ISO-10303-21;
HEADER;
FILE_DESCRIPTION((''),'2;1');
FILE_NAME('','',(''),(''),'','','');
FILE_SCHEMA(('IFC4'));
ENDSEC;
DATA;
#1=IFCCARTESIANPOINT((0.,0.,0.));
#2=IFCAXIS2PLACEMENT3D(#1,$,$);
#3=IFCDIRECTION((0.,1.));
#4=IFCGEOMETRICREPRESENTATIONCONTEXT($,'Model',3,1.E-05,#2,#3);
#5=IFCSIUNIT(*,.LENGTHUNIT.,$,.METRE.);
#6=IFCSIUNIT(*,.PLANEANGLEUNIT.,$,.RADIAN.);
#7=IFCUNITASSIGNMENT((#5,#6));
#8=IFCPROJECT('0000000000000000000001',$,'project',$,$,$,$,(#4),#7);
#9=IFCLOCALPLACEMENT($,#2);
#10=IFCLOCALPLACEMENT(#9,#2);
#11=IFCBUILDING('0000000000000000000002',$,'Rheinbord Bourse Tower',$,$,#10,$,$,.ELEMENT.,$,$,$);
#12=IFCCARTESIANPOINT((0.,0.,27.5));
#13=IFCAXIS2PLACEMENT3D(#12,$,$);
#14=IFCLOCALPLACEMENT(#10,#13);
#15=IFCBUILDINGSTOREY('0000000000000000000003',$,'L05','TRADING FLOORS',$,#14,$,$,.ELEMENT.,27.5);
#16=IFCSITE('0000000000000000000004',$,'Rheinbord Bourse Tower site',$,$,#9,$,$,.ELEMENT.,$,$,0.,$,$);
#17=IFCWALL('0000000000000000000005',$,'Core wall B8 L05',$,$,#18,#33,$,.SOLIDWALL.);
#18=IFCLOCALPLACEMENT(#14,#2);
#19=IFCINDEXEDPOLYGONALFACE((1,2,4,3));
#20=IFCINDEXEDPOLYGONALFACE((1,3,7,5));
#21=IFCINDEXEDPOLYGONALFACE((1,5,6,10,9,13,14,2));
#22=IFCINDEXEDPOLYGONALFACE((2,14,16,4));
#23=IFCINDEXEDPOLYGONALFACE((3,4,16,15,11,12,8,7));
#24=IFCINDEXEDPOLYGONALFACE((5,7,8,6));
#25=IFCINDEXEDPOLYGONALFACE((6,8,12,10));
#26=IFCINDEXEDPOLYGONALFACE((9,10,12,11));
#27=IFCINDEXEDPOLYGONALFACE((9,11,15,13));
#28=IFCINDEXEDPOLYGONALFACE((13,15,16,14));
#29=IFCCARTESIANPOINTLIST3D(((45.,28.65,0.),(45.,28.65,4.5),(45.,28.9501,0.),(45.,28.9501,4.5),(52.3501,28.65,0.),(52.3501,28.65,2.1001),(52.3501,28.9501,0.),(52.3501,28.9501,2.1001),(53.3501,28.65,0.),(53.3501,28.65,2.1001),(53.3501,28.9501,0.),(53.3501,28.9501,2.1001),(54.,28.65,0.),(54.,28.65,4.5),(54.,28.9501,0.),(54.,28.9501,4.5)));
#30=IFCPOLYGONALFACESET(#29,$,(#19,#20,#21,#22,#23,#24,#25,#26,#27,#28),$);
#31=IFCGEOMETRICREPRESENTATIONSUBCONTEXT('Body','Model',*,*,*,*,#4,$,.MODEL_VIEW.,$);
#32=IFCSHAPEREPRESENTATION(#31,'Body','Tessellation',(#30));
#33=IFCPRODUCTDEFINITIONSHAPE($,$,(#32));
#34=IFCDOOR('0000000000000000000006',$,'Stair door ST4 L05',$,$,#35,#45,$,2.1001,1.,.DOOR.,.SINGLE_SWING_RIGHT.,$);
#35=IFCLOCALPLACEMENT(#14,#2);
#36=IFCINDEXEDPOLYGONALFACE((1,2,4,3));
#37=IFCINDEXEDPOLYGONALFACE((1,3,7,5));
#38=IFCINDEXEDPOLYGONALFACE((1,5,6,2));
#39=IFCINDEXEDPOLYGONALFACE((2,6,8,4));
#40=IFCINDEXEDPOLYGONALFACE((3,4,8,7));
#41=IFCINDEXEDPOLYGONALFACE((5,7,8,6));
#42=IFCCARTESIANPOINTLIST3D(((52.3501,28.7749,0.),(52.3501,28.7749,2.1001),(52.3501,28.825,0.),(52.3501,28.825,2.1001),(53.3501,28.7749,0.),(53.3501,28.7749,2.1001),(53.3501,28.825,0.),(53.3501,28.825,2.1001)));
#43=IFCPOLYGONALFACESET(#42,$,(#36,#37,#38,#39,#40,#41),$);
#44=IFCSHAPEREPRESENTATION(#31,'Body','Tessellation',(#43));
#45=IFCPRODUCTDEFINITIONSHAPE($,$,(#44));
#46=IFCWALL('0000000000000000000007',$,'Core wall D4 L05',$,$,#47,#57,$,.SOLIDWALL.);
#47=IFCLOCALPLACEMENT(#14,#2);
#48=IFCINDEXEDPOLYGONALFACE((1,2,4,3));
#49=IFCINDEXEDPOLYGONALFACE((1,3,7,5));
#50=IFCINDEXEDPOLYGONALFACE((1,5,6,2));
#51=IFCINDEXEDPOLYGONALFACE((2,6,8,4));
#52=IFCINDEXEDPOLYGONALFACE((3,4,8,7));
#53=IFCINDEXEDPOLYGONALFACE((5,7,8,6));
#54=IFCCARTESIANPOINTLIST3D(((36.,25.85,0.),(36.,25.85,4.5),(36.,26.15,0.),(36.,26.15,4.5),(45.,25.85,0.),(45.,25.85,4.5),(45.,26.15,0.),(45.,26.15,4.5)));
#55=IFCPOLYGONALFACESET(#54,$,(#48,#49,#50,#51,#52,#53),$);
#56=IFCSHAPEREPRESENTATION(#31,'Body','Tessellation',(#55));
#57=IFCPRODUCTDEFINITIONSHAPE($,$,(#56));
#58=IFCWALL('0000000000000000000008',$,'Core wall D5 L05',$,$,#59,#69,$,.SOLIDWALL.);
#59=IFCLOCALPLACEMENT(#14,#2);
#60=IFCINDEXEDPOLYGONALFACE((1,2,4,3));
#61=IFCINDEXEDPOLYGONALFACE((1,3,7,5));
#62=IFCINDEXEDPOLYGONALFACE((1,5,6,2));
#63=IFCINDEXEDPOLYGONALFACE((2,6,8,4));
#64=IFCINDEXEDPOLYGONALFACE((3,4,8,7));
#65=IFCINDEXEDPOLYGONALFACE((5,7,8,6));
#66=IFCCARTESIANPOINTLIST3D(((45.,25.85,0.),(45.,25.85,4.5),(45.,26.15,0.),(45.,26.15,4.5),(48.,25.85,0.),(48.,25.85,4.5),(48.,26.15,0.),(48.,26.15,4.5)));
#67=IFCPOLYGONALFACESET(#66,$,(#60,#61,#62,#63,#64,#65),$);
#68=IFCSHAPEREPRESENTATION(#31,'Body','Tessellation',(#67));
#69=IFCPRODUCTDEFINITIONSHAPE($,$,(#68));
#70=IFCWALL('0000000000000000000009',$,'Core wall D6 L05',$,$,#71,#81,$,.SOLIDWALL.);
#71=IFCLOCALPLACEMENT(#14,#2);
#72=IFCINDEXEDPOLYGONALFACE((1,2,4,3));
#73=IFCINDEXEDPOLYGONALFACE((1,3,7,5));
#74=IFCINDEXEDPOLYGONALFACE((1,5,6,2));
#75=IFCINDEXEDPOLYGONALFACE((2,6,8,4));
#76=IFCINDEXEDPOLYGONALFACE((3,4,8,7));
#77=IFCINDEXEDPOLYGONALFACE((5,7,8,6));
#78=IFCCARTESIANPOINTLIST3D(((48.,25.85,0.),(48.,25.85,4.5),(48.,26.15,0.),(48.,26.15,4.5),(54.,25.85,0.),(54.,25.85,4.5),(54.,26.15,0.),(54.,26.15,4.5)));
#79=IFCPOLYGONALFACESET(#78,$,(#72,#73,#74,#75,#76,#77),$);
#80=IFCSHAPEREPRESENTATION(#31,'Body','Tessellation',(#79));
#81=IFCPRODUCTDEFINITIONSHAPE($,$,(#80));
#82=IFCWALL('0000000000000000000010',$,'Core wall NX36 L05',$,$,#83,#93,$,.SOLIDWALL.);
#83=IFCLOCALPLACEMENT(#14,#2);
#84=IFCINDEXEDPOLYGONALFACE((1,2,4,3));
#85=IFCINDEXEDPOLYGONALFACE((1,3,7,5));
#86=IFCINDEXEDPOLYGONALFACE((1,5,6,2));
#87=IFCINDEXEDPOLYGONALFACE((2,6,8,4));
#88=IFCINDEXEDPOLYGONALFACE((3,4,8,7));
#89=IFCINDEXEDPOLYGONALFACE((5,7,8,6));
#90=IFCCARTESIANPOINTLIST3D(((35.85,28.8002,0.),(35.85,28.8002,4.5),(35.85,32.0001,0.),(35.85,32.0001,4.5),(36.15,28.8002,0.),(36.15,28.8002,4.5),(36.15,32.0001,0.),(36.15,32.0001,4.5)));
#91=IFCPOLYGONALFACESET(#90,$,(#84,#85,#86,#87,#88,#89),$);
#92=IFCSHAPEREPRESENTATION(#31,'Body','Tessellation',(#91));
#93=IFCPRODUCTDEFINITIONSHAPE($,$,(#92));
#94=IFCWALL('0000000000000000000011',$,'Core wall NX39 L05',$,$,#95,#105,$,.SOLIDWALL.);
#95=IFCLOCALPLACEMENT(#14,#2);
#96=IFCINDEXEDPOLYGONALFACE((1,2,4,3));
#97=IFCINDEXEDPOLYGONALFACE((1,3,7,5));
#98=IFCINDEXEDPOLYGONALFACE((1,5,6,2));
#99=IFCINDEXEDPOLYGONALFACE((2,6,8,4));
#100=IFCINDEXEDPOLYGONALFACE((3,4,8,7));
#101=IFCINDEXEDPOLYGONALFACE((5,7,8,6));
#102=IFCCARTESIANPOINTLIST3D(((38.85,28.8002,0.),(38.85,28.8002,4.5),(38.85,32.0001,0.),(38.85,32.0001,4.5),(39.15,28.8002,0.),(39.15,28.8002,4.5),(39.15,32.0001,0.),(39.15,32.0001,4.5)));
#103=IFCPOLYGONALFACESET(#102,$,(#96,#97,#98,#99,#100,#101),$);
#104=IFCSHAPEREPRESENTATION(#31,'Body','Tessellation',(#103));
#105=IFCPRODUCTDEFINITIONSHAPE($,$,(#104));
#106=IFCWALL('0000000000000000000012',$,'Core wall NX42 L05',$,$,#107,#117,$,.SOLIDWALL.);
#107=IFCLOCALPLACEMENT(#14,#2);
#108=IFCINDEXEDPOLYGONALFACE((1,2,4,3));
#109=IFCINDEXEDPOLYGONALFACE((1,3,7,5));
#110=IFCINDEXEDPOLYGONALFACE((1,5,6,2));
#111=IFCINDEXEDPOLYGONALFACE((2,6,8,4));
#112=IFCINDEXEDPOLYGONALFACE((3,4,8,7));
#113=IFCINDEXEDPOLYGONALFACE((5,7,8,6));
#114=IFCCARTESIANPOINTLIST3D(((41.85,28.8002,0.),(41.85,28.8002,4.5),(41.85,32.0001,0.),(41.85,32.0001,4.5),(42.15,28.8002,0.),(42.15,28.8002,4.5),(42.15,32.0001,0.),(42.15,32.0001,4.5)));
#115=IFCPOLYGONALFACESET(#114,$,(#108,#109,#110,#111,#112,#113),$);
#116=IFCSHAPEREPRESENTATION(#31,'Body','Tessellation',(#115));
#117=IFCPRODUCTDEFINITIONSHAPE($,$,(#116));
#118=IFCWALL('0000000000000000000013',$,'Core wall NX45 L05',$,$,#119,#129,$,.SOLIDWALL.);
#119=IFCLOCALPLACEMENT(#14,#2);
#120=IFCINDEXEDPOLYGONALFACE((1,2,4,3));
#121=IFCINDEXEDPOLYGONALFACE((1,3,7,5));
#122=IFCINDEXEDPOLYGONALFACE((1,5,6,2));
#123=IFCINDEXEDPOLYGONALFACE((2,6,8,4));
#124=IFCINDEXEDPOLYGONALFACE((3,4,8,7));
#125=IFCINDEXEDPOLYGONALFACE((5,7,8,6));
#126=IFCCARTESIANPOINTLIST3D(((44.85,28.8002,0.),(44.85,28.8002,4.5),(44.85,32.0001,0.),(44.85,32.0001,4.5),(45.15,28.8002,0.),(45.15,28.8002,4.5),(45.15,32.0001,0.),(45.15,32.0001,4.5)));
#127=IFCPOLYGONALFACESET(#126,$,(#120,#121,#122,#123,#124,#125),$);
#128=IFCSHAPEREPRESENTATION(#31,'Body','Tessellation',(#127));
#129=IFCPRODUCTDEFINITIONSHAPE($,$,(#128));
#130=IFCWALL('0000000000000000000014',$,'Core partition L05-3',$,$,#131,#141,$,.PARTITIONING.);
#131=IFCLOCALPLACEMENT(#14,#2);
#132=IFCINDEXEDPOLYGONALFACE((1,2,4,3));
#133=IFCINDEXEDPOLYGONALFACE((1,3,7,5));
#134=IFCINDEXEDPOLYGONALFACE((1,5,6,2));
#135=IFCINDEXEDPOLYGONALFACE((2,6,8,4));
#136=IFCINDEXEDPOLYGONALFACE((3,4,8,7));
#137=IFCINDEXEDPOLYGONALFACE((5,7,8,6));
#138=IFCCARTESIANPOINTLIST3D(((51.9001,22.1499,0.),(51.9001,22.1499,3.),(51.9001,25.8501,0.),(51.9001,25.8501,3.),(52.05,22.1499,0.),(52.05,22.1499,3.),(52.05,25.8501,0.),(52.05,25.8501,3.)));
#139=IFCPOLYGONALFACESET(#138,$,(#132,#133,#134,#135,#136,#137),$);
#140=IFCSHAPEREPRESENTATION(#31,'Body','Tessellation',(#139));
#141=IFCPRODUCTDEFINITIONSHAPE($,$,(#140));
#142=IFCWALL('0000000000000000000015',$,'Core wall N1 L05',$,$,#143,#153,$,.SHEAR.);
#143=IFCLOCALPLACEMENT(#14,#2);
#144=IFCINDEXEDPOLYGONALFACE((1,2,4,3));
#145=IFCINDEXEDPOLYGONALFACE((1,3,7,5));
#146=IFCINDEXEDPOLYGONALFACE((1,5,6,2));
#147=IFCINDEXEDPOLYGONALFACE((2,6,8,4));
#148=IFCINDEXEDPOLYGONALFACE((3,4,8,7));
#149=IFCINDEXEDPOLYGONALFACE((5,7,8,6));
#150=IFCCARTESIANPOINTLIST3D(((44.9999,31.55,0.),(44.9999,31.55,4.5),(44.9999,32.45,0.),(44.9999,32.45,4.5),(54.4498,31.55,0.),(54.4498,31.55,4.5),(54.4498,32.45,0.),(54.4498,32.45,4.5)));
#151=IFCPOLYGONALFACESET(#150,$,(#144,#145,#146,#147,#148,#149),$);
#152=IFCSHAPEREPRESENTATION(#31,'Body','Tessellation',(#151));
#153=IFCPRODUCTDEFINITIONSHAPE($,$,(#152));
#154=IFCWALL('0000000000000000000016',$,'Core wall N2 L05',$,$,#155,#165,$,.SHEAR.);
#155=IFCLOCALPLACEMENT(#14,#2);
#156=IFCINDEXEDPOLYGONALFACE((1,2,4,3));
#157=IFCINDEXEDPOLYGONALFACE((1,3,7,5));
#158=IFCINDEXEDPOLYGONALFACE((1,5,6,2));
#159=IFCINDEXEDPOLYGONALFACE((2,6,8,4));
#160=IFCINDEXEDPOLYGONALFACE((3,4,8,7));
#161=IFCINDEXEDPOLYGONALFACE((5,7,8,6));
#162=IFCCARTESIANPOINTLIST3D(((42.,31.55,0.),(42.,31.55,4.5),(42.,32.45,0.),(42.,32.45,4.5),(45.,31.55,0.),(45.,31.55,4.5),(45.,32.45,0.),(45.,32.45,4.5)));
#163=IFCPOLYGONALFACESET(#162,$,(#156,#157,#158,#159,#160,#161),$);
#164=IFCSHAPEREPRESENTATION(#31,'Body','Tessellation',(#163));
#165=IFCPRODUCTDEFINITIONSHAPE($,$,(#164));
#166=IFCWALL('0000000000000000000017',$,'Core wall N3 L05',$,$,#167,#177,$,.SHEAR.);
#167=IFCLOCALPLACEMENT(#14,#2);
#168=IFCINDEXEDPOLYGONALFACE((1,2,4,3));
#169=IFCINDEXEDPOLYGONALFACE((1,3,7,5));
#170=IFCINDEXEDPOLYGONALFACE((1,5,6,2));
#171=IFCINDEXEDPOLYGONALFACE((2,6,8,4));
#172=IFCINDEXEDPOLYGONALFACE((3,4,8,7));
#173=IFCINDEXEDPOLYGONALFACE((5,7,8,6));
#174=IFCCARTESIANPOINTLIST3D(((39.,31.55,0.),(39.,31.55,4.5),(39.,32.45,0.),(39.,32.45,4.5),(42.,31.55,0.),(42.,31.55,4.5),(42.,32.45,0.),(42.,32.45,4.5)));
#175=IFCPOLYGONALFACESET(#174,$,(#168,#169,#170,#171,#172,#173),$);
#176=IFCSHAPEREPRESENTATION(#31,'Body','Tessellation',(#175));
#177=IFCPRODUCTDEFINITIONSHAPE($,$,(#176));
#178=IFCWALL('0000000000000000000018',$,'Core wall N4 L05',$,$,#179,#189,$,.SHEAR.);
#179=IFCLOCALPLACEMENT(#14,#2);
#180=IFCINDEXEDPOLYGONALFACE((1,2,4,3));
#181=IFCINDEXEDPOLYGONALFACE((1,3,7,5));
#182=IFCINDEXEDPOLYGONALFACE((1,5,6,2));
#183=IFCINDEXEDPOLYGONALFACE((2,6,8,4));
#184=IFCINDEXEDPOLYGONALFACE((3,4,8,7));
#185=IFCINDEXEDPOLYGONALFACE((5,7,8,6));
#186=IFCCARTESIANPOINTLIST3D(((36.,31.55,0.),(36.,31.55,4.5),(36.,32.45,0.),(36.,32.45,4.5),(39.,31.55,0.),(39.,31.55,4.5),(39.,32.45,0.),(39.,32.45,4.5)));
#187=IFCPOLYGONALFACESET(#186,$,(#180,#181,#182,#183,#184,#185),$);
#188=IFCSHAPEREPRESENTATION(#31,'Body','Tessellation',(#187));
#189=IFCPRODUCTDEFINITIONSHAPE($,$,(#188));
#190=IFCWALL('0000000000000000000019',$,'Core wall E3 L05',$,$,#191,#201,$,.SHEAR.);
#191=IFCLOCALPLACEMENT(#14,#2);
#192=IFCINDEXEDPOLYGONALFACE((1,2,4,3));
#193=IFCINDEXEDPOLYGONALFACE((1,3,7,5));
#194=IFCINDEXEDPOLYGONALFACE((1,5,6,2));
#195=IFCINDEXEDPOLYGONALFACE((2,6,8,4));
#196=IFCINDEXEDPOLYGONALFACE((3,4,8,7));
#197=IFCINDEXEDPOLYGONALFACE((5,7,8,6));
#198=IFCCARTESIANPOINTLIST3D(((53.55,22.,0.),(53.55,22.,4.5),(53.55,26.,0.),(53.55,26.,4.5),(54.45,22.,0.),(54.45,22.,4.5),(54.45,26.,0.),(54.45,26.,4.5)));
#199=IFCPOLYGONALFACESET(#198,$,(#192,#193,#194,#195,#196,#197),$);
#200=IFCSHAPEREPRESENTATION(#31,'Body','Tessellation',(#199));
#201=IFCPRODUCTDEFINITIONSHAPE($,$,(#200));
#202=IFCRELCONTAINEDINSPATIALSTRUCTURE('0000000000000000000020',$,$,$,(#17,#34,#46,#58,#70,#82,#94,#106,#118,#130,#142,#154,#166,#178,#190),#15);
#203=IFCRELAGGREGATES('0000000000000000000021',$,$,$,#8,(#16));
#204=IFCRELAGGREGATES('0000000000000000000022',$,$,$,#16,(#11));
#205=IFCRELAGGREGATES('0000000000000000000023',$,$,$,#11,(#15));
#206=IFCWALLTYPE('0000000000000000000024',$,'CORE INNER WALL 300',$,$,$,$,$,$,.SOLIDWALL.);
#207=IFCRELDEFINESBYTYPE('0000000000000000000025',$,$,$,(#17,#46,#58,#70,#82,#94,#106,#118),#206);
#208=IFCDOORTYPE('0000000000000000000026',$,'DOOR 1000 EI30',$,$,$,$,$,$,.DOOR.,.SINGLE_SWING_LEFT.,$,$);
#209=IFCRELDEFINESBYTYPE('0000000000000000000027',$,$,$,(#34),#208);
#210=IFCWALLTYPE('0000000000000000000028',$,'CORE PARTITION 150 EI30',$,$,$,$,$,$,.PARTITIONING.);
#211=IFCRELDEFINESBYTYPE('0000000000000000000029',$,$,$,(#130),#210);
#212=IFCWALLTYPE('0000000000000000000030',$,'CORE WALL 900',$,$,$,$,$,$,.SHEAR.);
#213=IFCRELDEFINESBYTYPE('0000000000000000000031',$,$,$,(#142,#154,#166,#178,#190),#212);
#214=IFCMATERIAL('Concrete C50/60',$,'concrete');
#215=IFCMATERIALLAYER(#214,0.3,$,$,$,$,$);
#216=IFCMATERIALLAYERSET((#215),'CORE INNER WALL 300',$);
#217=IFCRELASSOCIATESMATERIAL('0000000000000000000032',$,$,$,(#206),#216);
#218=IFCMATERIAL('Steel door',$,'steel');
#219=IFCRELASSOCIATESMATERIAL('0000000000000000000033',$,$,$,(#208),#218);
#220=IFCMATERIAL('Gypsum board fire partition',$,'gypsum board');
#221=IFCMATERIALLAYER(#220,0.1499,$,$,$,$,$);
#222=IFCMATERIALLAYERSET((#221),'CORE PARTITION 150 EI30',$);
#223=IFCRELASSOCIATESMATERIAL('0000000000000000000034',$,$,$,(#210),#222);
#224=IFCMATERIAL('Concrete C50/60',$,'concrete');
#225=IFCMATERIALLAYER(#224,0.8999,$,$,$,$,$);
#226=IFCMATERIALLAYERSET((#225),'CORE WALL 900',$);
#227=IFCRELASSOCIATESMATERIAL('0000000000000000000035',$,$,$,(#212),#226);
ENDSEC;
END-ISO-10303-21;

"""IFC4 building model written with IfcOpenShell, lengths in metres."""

from ifc_helpers import new_model, si_unit, direction, frame, frame_2d, origin, place, context, subcontext, project, spatial, rectangle, extrude, material, layer, layer_set, type_object, element, fill, save


model = new_model("IFC4")

# Units and contexts
model_context = context("Model", 3, precision=1e-05, world=origin(), true_north=direction((0.0, 1.0)))
body_context = subcontext(model_context, "Body", "Model", "MODEL_VIEW")
ifc_project = project(units=[si_unit("LENGTHUNIT", "METRE"), si_unit("PLANEANGLEUNIT", "RADIAN")], contexts=[model_context])

# Site, building, storey
site_placement = place(None, origin())
site = spatial("IfcSite", under=ifc_project, at=site_placement, Name="Rheinbord Bourse Tower site", CompositionType="ELEMENT", RefElevation=0.0)
building_placement = place(site_placement, origin())
building = spatial("IfcBuilding", under=site, at=building_placement, Name="Rheinbord Bourse Tower", CompositionType="ELEMENT")
storey_placement = place(building_placement, frame((0.0, 0.0, 27.5)))
storey = spatial("IfcBuildingStorey", under=building, at=storey_placement, Name="L05", Description="TRADING FLOORS", CompositionType="ELEMENT", Elevation=27.5)

# Shared definitions
ifc_material_1 = material(Name="Concrete C50/60", Category="concrete")
ifc_layer_1 = layer(ifc_material_1, 0.3)
ifc_layer_set_1 = layer_set([ifc_layer_1], Name="CORE INNER WALL 300")
wall_type_1 = type_object("IfcWallType", Name="CORE INNER WALL 300", PredefinedType="SOLIDWALL", material=ifc_layer_set_1)

# Wall, opening, door
wall_1_placement = place(storey_placement, frame((45.0, 28.8, 0.0), z_axis=(0.0, 0.0, 1.0), x_axis=(1.0, 0.0, 0.0)))
wall_1 = element("IfcWall", 1, at=wall_1_placement, inside=storey, type_object=wall_type_1, Name="Core wall B8 L05", PredefinedType="SOLIDWALL", context=body_context, shape_type="SweptSolid", body=[
    extrude(rectangle(XDim=9.0, YDim=0.3, at=frame_2d((4.5, 0.0))), origin(), (0.0, 0.0, 1.0), 4.5),
])
opening_1_placement = place(wall_1_placement, frame((7.3501, 0.0, 0.0)))
opening_1 = element("IfcOpeningElement", 2, at=opening_1_placement, cuts=wall_1, PredefinedType="OPENING", context=body_context, shape_type="SweptSolid", body=[
    extrude(rectangle(XDim=1.0, YDim=2.1001, at=frame_2d((0.5, 1.05))), frame((0.0, 0.1599, 0.0), z_axis=(0.0, -1.0, 0.0), x_axis=(1.0, 0.0, 0.0)), (0.0, 0.0, 1.0), 0.3201),
])
ifc_material_2 = material(Name="Steel door", Category="steel")
door_type_1 = type_object("IfcDoorType", Name="DOOR 1000 EI30", OperationType="SINGLE_SWING_LEFT", PredefinedType="DOOR", material=ifc_material_2)
door_1_placement = place(opening_1_placement, origin())
door_1 = element("IfcDoor", 3, at=door_1_placement, inside=storey, type_object=door_type_1, Name="Stair door ST4 L05", OperationType="SINGLE_SWING_RIGHT", OverallHeight=2.1001, OverallWidth=1.0, PredefinedType="DOOR", context=body_context, shape_type="SweptSolid", body=[
    extrude(rectangle(XDim=1.0, YDim=2.1001, at=frame_2d((0.5, 1.05))), frame((0.0, 0.0249, 0.0), z_axis=(0.0, -1.0, 0.0), x_axis=(1.0, 0.0, 0.0)), (0.0, 0.0, 1.0), 0.05),
])
fill(opening_1, door_1)

# Walls
wall_2_placement = place(storey_placement, frame((36.0, 26.0, 0.0), z_axis=(0.0, 0.0, 1.0), x_axis=(1.0, 0.0, 0.0)))
element("IfcWall", 4, at=wall_2_placement, inside=storey, type_object=wall_type_1, Name="Core wall D4 L05", PredefinedType="SOLIDWALL", context=body_context, shape_type="SweptSolid", body=[
    extrude(rectangle(XDim=9.0, YDim=0.3, at=frame_2d((4.5, 0.0))), origin(), (0.0, 0.0, 1.0), 4.5),
])
wall_3_placement = place(storey_placement, frame((45.0, 26.0, 0.0), z_axis=(0.0, 0.0, 1.0), x_axis=(1.0, 0.0, 0.0)))
element("IfcWall", 5, at=wall_3_placement, inside=storey, type_object=wall_type_1, Name="Core wall D5 L05", PredefinedType="SOLIDWALL", context=body_context, shape_type="SweptSolid", body=[
    extrude(rectangle(XDim=3.0, YDim=0.3, at=frame_2d((1.5, 0.0))), origin(), (0.0, 0.0, 1.0), 4.5),
])
wall_4_placement = place(storey_placement, frame((48.0, 26.0, 0.0), z_axis=(0.0, 0.0, 1.0), x_axis=(1.0, 0.0, 0.0)))
element("IfcWall", 6, at=wall_4_placement, inside=storey, type_object=wall_type_1, Name="Core wall D6 L05", PredefinedType="SOLIDWALL", context=body_context, shape_type="SweptSolid", body=[
    extrude(rectangle(XDim=6.0, YDim=0.3, at=frame_2d((3.0, 0.0))), origin(), (0.0, 0.0, 1.0), 4.5),
])
for number, where, z_axis, x_axis, name in (
    (7, (36.0, 28.8, 0.0), (0.0, 0.0, 1.0), (0.0, 1.0, 0.0), "Core wall NX36 L05"),
    (8, (39.0, 28.8, 0.0), (0.0, 0.0, 1.0), (0.0, 1.0, 0.0), "Core wall NX39 L05"),
    (9, (42.0, 28.8, 0.0), (0.0, 0.0, 1.0), (0.0, 1.0, 0.0), "Core wall NX42 L05"),
    (10, (45.0, 28.8, 0.0), (0.0, 0.0, 1.0), (0.0, 1.0, 0.0), "Core wall NX45 L05"),
):
    element("IfcWall", number, at=place(storey_placement, frame(where, z_axis=z_axis, x_axis=x_axis)), inside=storey, type_object=wall_type_1, Name=name, PredefinedType="SOLIDWALL", context=body_context, shape_type="SweptSolid", body=[
        extrude(rectangle(XDim=3.2, YDim=0.3, at=frame_2d((1.6001, 0.0))), origin(), (0.0, 0.0, 1.0), 4.5),
    ])
ifc_material_3 = material(Name="Gypsum board fire partition", Category="gypsum board")
ifc_layer_2 = layer(ifc_material_3, 0.1499)
ifc_layer_set_2 = layer_set([ifc_layer_2], Name="CORE PARTITION 150 EI30")
wall_type_2 = type_object("IfcWallType", Name="CORE PARTITION 150 EI30", PredefinedType="PARTITIONING", material=ifc_layer_set_2)
wall_5_placement = place(storey_placement, frame((51.9751, 22.1499, 0.0), z_axis=(0.0, 0.0, 1.0), x_axis=(0.0, 1.0, 0.0)))
element("IfcWall", 11, at=wall_5_placement, inside=storey, type_object=wall_type_2, Name="Core partition L05-3", PredefinedType="PARTITIONING", context=body_context, shape_type="SweptSolid", body=[
    extrude(rectangle(XDim=3.7002, YDim=0.1499, at=frame_2d((1.8501, 0.0))), origin(), (0.0, 0.0, 1.0), 3.0),
])
ifc_material_4 = material(Name="Concrete C50/60", Category="concrete")
ifc_layer_3 = layer(ifc_material_4, 0.8999)
ifc_layer_set_3 = layer_set([ifc_layer_3], Name="CORE WALL 900")
wall_type_3 = type_object("IfcWallType", Name="CORE WALL 900", PredefinedType="SHEAR", material=ifc_layer_set_3)
wall_6_placement = place(storey_placement, frame((54.45, 32.0, 0.0), z_axis=(0.0, 0.0, 1.0), x_axis=(-1.0, 0.0, 0.0)))
element("IfcWall", 12, at=wall_6_placement, inside=storey, type_object=wall_type_3, Name="Core wall N1 L05", PredefinedType="SHEAR", context=body_context, shape_type="SweptSolid", body=[
    extrude(rectangle(XDim=9.45, YDim=0.8999, at=frame_2d((4.7251, 0.0))), origin(), (0.0, 0.0, 1.0), 4.5),
])
for number, where, z_axis, x_axis, name in (
    (13, (45.0, 32.0, 0.0), (0.0, 0.0, 1.0), (-1.0, 0.0, 0.0), "Core wall N2 L05"),
    (14, (42.0, 32.0, 0.0), (0.0, 0.0, 1.0), (-1.0, 0.0, 0.0), "Core wall N3 L05"),
    (15, (39.0, 32.0, 0.0), (0.0, 0.0, 1.0), (-1.0, 0.0, 0.0), "Core wall N4 L05"),
):
    element("IfcWall", number, at=place(storey_placement, frame(where, z_axis=z_axis, x_axis=x_axis)), inside=storey, type_object=wall_type_3, Name=name, PredefinedType="SHEAR", context=body_context, shape_type="SweptSolid", body=[
        extrude(rectangle(XDim=3.0, YDim=0.8999, at=frame_2d((1.5, 0.0))), origin(), (0.0, 0.0, 1.0), 4.5),
    ])
wall_7_placement = place(storey_placement, frame((54.0, 22.0, 0.0), z_axis=(0.0, 0.0, 1.0), x_axis=(0.0, 1.0, 0.0)))
element("IfcWall", 16, at=wall_7_placement, inside=storey, type_object=wall_type_3, Name="Core wall E3 L05", PredefinedType="SHEAR", context=body_context, shape_type="SweptSolid", body=[
    extrude(rectangle(XDim=4.0, YDim=0.8999, at=frame_2d((2.0, 0.0))), origin(), (0.0, 0.0, 1.0), 4.5),
])

save(model, "model.ifc")
